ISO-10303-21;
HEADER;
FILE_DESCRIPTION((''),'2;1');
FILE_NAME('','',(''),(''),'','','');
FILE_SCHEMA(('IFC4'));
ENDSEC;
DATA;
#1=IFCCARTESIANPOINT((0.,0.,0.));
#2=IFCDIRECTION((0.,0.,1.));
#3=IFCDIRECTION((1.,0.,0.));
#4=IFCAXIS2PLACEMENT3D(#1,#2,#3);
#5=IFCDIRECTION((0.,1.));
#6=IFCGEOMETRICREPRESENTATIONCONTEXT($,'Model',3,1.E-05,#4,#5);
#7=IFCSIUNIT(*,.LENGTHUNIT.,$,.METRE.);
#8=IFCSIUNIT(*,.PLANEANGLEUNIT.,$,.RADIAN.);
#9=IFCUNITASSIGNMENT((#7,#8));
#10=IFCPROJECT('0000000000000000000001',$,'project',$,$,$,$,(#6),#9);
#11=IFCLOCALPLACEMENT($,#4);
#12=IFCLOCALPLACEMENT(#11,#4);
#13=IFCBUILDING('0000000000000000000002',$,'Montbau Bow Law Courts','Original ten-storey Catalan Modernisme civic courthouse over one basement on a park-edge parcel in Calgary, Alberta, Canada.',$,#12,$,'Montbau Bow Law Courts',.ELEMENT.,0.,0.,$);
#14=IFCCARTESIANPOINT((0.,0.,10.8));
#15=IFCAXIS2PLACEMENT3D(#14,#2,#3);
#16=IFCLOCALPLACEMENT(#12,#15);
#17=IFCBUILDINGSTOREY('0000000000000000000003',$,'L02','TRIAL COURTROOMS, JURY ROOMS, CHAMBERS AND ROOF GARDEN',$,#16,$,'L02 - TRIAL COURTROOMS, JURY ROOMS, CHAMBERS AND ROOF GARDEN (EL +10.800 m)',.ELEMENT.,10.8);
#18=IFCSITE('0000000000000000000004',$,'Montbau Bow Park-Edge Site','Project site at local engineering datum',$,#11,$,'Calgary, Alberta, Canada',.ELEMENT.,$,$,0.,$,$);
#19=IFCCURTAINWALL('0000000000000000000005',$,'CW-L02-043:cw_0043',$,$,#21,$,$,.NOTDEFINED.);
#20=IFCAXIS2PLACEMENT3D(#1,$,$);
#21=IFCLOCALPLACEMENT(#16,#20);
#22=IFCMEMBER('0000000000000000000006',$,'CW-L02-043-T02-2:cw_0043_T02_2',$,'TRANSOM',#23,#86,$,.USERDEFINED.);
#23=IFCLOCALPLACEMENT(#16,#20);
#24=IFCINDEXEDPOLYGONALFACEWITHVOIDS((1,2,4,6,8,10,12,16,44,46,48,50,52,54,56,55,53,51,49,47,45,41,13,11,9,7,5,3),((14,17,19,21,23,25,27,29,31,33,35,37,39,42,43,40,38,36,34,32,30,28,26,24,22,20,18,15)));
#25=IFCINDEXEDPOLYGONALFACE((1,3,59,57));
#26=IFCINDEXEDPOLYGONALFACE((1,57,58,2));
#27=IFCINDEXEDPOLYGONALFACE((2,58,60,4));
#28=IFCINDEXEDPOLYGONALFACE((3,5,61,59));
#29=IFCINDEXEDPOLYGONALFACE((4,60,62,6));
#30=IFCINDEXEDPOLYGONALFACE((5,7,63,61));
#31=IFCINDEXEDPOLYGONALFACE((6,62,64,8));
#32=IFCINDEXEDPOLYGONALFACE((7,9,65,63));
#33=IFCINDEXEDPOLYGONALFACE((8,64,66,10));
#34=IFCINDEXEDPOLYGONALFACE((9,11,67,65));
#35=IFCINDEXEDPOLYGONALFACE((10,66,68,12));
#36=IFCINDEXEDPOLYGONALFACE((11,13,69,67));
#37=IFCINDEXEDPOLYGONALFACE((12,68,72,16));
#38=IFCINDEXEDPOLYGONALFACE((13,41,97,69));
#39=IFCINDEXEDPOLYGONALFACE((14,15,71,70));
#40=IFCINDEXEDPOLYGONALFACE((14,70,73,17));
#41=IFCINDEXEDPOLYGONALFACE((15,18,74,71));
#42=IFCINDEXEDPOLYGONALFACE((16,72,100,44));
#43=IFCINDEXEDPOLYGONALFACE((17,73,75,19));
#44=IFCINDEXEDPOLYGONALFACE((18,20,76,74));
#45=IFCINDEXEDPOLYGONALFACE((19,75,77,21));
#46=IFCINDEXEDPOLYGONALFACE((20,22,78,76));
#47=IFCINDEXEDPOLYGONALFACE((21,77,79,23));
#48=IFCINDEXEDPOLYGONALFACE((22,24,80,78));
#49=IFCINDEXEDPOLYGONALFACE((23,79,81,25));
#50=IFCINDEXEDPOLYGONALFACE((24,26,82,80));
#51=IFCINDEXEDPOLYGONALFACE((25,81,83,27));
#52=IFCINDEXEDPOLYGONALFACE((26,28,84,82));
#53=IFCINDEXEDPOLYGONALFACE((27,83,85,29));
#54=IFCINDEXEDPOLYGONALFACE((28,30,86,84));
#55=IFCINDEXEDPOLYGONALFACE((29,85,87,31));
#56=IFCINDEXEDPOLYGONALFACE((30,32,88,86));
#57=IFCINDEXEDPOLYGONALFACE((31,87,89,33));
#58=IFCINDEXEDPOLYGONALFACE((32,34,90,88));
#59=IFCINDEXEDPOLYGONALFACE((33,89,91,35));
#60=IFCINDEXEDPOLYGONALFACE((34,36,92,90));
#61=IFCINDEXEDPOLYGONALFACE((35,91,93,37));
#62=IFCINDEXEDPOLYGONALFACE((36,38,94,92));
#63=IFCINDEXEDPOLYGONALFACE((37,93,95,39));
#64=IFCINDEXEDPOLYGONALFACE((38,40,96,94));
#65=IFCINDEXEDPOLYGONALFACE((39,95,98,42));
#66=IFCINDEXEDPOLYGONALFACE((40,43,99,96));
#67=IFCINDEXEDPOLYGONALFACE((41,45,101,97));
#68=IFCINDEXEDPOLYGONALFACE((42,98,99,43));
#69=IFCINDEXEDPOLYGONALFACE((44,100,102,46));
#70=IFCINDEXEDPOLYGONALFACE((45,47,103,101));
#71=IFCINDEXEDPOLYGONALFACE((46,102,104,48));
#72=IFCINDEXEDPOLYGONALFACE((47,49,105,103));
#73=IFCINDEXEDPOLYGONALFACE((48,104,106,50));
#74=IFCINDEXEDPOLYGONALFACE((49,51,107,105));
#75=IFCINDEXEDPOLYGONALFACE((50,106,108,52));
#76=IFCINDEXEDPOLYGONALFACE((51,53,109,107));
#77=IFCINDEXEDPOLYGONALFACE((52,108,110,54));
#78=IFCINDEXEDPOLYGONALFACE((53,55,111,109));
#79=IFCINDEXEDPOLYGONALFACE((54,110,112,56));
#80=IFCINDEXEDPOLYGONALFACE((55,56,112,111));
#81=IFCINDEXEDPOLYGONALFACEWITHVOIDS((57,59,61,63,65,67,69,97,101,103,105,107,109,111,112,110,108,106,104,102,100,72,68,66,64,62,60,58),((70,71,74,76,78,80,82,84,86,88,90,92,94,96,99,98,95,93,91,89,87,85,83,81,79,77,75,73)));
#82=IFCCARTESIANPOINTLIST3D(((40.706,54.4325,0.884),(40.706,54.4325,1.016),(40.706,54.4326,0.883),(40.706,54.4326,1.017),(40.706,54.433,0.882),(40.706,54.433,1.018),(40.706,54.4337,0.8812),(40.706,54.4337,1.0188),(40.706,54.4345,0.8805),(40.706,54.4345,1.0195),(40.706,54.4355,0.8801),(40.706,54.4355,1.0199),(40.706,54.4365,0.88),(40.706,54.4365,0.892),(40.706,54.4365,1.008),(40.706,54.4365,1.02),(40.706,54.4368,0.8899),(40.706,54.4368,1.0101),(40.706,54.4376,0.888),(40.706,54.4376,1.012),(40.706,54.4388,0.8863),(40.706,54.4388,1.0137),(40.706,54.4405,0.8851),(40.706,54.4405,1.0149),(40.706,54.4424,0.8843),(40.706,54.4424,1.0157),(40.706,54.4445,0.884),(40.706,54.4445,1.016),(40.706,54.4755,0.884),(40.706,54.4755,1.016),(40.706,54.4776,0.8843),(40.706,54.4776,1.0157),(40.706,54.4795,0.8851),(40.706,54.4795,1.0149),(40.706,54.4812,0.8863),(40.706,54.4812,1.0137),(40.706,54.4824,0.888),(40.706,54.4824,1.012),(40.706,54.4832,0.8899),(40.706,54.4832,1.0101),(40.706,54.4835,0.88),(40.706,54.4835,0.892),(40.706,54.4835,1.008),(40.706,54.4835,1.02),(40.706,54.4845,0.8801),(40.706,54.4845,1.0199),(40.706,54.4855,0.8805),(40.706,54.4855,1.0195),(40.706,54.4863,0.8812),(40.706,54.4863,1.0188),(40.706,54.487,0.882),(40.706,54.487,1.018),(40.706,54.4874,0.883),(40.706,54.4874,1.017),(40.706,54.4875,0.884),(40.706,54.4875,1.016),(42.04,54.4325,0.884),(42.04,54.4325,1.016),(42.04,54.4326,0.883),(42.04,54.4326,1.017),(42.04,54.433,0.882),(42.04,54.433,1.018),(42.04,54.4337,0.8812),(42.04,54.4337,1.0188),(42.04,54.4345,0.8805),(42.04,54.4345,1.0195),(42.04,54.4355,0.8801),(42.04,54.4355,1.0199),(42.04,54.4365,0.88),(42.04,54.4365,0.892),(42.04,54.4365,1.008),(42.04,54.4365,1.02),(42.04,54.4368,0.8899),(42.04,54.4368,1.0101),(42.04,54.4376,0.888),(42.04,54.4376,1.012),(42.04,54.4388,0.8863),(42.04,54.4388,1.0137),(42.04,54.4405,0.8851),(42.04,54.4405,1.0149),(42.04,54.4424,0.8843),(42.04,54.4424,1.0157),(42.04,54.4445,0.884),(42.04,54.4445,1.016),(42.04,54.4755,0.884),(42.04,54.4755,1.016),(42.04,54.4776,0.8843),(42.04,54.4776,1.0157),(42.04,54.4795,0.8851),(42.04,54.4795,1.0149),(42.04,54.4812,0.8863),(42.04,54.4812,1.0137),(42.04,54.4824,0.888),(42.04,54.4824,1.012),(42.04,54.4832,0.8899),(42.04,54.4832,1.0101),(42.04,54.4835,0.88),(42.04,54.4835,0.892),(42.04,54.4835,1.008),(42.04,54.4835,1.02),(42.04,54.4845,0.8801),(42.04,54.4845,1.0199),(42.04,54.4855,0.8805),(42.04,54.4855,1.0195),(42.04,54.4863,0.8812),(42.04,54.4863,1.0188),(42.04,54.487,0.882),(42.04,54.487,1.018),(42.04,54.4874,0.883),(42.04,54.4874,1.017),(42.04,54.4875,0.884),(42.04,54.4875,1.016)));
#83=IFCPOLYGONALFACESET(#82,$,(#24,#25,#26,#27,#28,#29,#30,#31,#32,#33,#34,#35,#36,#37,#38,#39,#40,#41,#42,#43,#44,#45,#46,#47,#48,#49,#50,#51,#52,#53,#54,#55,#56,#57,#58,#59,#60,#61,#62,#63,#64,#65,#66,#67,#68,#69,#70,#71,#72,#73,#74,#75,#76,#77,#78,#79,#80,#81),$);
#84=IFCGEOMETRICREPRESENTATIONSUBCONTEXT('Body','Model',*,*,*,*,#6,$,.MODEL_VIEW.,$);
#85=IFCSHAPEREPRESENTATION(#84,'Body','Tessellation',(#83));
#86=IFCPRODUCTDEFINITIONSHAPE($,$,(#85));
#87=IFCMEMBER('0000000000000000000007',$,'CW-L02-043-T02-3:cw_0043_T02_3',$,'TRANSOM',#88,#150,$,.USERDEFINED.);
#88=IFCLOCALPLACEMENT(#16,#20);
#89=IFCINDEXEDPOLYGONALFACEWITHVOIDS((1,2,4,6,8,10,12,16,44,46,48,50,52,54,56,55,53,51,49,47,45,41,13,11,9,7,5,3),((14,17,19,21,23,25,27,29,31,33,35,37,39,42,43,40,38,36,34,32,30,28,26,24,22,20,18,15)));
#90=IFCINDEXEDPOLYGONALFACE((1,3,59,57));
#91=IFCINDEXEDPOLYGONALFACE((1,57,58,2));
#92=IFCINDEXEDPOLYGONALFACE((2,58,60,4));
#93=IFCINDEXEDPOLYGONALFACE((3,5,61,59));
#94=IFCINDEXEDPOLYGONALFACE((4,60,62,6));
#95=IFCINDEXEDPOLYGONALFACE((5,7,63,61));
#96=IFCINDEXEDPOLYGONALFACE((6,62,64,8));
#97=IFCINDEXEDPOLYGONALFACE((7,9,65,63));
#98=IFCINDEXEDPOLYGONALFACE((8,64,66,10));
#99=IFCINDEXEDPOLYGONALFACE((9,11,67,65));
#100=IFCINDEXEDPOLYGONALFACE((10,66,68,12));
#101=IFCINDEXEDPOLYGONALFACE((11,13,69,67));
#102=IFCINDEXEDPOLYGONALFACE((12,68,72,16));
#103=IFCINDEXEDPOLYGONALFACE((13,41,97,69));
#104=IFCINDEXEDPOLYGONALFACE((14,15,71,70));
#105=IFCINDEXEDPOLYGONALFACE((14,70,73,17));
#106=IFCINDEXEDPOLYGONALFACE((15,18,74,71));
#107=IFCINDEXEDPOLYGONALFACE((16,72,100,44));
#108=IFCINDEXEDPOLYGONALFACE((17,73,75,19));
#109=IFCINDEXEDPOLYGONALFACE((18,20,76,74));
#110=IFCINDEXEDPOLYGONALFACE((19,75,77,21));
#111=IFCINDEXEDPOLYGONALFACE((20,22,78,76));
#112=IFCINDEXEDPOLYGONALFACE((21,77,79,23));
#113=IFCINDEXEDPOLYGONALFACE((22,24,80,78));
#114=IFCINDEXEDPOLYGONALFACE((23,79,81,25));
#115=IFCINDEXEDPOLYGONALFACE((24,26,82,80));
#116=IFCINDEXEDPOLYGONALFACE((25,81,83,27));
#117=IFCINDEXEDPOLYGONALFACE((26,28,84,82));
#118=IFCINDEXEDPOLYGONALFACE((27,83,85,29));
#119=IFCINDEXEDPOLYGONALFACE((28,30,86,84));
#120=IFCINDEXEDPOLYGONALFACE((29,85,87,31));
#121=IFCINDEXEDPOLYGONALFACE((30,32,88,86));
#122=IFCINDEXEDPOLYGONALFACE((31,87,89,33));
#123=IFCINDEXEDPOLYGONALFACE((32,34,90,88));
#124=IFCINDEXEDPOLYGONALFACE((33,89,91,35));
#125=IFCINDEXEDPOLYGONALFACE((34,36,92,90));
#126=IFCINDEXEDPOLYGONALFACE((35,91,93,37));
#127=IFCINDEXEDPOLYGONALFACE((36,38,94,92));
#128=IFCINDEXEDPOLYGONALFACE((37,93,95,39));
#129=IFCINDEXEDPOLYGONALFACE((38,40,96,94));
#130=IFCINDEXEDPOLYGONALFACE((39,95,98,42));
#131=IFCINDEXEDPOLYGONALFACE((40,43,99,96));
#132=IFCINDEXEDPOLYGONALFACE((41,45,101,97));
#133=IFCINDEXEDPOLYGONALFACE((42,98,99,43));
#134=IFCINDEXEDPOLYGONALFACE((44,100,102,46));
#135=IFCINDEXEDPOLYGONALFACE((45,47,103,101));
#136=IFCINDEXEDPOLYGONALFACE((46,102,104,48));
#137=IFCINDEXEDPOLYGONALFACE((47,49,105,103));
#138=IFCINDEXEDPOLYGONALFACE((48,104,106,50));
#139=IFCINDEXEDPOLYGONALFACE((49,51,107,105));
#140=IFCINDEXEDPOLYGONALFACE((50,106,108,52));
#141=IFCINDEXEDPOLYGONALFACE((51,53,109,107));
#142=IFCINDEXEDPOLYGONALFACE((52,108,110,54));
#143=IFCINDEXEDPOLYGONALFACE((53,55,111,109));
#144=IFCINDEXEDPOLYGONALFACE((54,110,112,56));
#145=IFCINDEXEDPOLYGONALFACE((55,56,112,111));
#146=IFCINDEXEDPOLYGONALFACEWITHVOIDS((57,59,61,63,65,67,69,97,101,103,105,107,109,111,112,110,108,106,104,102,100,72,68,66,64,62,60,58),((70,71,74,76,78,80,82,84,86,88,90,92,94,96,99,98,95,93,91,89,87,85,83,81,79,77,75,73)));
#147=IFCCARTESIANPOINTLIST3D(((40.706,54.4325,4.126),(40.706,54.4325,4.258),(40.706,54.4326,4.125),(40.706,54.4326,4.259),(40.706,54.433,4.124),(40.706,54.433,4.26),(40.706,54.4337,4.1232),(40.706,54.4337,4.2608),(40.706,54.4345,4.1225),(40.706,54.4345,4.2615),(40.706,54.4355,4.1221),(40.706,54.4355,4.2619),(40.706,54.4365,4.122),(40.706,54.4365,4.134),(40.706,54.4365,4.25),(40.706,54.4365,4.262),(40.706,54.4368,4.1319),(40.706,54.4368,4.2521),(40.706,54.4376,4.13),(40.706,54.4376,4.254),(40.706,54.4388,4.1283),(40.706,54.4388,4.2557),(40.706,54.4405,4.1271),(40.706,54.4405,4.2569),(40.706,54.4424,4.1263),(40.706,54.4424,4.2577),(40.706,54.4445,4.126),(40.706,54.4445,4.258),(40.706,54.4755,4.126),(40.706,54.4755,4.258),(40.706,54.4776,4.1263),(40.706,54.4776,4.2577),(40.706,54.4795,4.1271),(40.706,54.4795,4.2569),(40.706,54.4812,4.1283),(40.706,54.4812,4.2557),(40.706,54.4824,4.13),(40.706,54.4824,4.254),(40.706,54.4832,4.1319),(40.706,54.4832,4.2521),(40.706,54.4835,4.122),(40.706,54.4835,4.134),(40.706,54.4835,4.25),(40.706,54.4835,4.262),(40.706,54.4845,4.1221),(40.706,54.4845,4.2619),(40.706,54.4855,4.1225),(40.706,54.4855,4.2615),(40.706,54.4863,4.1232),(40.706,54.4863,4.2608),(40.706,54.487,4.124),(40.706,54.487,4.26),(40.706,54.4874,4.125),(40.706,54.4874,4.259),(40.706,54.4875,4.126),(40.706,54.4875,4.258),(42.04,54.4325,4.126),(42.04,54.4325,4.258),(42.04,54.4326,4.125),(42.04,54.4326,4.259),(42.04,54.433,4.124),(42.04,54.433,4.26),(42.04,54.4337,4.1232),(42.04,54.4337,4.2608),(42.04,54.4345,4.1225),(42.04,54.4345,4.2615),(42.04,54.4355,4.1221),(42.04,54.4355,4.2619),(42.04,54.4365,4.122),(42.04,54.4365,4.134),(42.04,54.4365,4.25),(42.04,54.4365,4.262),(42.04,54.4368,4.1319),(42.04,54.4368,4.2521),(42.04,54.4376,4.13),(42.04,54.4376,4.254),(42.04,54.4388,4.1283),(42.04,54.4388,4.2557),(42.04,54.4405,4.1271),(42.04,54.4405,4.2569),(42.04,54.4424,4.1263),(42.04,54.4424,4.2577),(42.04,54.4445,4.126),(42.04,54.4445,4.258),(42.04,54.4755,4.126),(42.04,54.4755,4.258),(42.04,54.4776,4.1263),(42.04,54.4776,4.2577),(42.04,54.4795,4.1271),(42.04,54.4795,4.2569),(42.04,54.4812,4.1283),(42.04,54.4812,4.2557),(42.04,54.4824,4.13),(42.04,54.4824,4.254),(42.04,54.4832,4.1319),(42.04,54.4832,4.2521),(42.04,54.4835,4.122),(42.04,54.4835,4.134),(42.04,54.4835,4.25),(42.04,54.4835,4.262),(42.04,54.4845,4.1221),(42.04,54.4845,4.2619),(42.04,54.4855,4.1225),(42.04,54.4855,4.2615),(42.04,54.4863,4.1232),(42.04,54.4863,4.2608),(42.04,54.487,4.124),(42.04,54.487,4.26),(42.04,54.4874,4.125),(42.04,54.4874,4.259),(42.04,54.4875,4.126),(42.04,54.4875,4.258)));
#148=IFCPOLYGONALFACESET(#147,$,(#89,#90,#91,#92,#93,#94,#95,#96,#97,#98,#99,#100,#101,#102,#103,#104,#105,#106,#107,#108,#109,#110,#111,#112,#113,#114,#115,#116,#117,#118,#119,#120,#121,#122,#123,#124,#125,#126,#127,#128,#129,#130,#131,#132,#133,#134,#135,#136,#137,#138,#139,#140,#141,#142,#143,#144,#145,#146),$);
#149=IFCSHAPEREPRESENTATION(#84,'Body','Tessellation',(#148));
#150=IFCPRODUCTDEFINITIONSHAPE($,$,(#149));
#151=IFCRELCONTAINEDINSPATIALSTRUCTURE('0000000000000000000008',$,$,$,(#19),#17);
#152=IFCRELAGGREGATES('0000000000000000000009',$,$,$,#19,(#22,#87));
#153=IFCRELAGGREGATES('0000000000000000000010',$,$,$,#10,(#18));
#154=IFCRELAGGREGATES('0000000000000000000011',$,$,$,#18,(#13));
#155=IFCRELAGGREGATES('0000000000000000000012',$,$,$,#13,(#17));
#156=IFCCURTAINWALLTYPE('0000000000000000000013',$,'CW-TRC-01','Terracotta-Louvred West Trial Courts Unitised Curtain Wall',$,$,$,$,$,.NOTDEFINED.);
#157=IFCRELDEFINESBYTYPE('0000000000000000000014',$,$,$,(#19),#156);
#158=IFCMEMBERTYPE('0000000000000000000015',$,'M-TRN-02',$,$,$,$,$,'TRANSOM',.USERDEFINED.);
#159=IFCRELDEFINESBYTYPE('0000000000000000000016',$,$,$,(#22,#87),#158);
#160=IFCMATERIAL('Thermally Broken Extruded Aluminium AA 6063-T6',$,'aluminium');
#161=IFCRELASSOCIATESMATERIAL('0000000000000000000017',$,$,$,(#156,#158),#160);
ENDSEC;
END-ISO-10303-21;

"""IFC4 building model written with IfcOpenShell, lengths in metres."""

from ifc_helpers import new_model, si_unit, direction, frame, origin_with_axes, origin_2d_with_axis, place, context, subcontext, project, spatial, hollow_rectangle, extrude, material, material_profile, profile_set, type_object, element, aggregate, save


model = new_model("IFC4")

# Units and contexts
model_context = context("Model", 3, precision=1e-05, world=origin_with_axes(), true_north=direction((0.0, 1.0)))
body_context = subcontext(model_context, "Body", "Model", "MODEL_VIEW")
ifc_project = project(units=[si_unit("LENGTHUNIT", "METRE"), si_unit("PLANEANGLEUNIT", "RADIAN")], contexts=[model_context])

# Site, building, storey
site_placement = place(None, origin_with_axes())
site = spatial("IfcSite", under=ifc_project, at=site_placement, Name="Montbau Bow Park-Edge Site", Description="Project site at local engineering datum", LongName="Calgary, Alberta, Canada", CompositionType="ELEMENT", RefElevation=0.0)
building_placement = place(site_placement, origin_with_axes())
building = spatial("IfcBuilding", under=site, at=building_placement, Name="Montbau Bow Law Courts", Description="Original ten-storey Catalan Modernisme civic courthouse over one basement on a park-edge parcel in Calgary, Alberta, Canada.", LongName="Montbau Bow Law Courts", CompositionType="ELEMENT", ElevationOfRefHeight=0.0, ElevationOfTerrain=0.0)
storey_placement = place(building_placement, frame((0.0, 0.0, 10.8), z_axis=(0.0, 0.0, 1.0), x_axis=(1.0, 0.0, 0.0)))
storey = spatial("IfcBuildingStorey", under=building, at=storey_placement, Name="L02", Description="TRIAL COURTROOMS, JURY ROOMS, CHAMBERS AND ROOF GARDEN", LongName="L02 - TRIAL COURTROOMS, JURY ROOMS, CHAMBERS AND ROOF GARDEN (EL +10.800 m)", CompositionType="ELEMENT", Elevation=10.8)

# Curtain wall, members
ifc_material_1 = material(Name="Thermally Broken Extruded Aluminium AA 6063-T6", Category="aluminium")
curtain_wall_type = type_object("IfcCurtainWallType", Name="CW-TRC-01", Description="Terracotta-Louvred West Trial Courts Unitised Curtain Wall", PredefinedType="NOTDEFINED", material=ifc_material_1)
curtain_wall_placement = place(None, frame((39.268, 54.46, 10.8), z_axis=(0.0, 0.0, 1.0), x_axis=(1.0, 0.0, 0.0)))
curtain_wall = element("IfcCurtainWall", 1, at=curtain_wall_placement, inside=storey, type_object=curtain_wall_type, Name="CW-L02-043:cw_0043", PredefinedType="NOTDEFINED")
ifc_material_profile_1 = material_profile(ifc_material_1, hollow_rectangle(XDim=0.055, YDim=0.14, WallThickness=0.004, InnerFilletRadius=0.008, OuterFilletRadius=0.004, at=origin_2d_with_axis()), Name="CWT-140X55", Category="Main", Priority=0)
ifc_profile_set_1 = profile_set([ifc_material_profile_1], Name="Thermally Broken Extruded Aluminium AA 6063-T6")
member_type_1 = type_object("IfcMemberType", Name="M-TRN-02", ElementType="TRANSOM", PredefinedType="USERDEFINED", material=ifc_profile_set_1)
member_1_placement = place(None, frame((40.706, 54.46, 11.75), z_axis=(1.0, 0.0, 0.0), x_axis=(0.0, 1.0, 0.0)))
member_1 = element("IfcMember", 2, at=member_1_placement, type_object=member_type_1, Name="CW-L02-043-T02-2:cw_0043_T02_2", ObjectType="TRANSOM", PredefinedType="USERDEFINED", context=body_context, shape_type="SweptSolid", body=[
    extrude(hollow_rectangle(XDim=0.055, YDim=0.14, WallThickness=0.004, InnerFilletRadius=0.008, OuterFilletRadius=0.004, at=origin_2d_with_axis()), origin_with_axes(), (0.0, 0.0, 1.0), 1.334),
])
member_2_placement = place(None, frame((40.706, 54.46, 14.992), z_axis=(1.0, 0.0, 0.0), x_axis=(0.0, 1.0, 0.0)))
member_2 = element("IfcMember", 3, at=member_2_placement, type_object=member_type_1, Name="CW-L02-043-T02-3:cw_0043_T02_3", ObjectType="TRANSOM", PredefinedType="USERDEFINED", context=body_context, shape_type="SweptSolid", body=[
    extrude(hollow_rectangle(XDim=0.055, YDim=0.14, WallThickness=0.004, InnerFilletRadius=0.008, OuterFilletRadius=0.004, at=origin_2d_with_axis()), origin_with_axes(), (0.0, 0.0, 1.0), 1.334),
])
aggregate(curtain_wall, [member_1, member_2])

save(model, "model.ifc")
